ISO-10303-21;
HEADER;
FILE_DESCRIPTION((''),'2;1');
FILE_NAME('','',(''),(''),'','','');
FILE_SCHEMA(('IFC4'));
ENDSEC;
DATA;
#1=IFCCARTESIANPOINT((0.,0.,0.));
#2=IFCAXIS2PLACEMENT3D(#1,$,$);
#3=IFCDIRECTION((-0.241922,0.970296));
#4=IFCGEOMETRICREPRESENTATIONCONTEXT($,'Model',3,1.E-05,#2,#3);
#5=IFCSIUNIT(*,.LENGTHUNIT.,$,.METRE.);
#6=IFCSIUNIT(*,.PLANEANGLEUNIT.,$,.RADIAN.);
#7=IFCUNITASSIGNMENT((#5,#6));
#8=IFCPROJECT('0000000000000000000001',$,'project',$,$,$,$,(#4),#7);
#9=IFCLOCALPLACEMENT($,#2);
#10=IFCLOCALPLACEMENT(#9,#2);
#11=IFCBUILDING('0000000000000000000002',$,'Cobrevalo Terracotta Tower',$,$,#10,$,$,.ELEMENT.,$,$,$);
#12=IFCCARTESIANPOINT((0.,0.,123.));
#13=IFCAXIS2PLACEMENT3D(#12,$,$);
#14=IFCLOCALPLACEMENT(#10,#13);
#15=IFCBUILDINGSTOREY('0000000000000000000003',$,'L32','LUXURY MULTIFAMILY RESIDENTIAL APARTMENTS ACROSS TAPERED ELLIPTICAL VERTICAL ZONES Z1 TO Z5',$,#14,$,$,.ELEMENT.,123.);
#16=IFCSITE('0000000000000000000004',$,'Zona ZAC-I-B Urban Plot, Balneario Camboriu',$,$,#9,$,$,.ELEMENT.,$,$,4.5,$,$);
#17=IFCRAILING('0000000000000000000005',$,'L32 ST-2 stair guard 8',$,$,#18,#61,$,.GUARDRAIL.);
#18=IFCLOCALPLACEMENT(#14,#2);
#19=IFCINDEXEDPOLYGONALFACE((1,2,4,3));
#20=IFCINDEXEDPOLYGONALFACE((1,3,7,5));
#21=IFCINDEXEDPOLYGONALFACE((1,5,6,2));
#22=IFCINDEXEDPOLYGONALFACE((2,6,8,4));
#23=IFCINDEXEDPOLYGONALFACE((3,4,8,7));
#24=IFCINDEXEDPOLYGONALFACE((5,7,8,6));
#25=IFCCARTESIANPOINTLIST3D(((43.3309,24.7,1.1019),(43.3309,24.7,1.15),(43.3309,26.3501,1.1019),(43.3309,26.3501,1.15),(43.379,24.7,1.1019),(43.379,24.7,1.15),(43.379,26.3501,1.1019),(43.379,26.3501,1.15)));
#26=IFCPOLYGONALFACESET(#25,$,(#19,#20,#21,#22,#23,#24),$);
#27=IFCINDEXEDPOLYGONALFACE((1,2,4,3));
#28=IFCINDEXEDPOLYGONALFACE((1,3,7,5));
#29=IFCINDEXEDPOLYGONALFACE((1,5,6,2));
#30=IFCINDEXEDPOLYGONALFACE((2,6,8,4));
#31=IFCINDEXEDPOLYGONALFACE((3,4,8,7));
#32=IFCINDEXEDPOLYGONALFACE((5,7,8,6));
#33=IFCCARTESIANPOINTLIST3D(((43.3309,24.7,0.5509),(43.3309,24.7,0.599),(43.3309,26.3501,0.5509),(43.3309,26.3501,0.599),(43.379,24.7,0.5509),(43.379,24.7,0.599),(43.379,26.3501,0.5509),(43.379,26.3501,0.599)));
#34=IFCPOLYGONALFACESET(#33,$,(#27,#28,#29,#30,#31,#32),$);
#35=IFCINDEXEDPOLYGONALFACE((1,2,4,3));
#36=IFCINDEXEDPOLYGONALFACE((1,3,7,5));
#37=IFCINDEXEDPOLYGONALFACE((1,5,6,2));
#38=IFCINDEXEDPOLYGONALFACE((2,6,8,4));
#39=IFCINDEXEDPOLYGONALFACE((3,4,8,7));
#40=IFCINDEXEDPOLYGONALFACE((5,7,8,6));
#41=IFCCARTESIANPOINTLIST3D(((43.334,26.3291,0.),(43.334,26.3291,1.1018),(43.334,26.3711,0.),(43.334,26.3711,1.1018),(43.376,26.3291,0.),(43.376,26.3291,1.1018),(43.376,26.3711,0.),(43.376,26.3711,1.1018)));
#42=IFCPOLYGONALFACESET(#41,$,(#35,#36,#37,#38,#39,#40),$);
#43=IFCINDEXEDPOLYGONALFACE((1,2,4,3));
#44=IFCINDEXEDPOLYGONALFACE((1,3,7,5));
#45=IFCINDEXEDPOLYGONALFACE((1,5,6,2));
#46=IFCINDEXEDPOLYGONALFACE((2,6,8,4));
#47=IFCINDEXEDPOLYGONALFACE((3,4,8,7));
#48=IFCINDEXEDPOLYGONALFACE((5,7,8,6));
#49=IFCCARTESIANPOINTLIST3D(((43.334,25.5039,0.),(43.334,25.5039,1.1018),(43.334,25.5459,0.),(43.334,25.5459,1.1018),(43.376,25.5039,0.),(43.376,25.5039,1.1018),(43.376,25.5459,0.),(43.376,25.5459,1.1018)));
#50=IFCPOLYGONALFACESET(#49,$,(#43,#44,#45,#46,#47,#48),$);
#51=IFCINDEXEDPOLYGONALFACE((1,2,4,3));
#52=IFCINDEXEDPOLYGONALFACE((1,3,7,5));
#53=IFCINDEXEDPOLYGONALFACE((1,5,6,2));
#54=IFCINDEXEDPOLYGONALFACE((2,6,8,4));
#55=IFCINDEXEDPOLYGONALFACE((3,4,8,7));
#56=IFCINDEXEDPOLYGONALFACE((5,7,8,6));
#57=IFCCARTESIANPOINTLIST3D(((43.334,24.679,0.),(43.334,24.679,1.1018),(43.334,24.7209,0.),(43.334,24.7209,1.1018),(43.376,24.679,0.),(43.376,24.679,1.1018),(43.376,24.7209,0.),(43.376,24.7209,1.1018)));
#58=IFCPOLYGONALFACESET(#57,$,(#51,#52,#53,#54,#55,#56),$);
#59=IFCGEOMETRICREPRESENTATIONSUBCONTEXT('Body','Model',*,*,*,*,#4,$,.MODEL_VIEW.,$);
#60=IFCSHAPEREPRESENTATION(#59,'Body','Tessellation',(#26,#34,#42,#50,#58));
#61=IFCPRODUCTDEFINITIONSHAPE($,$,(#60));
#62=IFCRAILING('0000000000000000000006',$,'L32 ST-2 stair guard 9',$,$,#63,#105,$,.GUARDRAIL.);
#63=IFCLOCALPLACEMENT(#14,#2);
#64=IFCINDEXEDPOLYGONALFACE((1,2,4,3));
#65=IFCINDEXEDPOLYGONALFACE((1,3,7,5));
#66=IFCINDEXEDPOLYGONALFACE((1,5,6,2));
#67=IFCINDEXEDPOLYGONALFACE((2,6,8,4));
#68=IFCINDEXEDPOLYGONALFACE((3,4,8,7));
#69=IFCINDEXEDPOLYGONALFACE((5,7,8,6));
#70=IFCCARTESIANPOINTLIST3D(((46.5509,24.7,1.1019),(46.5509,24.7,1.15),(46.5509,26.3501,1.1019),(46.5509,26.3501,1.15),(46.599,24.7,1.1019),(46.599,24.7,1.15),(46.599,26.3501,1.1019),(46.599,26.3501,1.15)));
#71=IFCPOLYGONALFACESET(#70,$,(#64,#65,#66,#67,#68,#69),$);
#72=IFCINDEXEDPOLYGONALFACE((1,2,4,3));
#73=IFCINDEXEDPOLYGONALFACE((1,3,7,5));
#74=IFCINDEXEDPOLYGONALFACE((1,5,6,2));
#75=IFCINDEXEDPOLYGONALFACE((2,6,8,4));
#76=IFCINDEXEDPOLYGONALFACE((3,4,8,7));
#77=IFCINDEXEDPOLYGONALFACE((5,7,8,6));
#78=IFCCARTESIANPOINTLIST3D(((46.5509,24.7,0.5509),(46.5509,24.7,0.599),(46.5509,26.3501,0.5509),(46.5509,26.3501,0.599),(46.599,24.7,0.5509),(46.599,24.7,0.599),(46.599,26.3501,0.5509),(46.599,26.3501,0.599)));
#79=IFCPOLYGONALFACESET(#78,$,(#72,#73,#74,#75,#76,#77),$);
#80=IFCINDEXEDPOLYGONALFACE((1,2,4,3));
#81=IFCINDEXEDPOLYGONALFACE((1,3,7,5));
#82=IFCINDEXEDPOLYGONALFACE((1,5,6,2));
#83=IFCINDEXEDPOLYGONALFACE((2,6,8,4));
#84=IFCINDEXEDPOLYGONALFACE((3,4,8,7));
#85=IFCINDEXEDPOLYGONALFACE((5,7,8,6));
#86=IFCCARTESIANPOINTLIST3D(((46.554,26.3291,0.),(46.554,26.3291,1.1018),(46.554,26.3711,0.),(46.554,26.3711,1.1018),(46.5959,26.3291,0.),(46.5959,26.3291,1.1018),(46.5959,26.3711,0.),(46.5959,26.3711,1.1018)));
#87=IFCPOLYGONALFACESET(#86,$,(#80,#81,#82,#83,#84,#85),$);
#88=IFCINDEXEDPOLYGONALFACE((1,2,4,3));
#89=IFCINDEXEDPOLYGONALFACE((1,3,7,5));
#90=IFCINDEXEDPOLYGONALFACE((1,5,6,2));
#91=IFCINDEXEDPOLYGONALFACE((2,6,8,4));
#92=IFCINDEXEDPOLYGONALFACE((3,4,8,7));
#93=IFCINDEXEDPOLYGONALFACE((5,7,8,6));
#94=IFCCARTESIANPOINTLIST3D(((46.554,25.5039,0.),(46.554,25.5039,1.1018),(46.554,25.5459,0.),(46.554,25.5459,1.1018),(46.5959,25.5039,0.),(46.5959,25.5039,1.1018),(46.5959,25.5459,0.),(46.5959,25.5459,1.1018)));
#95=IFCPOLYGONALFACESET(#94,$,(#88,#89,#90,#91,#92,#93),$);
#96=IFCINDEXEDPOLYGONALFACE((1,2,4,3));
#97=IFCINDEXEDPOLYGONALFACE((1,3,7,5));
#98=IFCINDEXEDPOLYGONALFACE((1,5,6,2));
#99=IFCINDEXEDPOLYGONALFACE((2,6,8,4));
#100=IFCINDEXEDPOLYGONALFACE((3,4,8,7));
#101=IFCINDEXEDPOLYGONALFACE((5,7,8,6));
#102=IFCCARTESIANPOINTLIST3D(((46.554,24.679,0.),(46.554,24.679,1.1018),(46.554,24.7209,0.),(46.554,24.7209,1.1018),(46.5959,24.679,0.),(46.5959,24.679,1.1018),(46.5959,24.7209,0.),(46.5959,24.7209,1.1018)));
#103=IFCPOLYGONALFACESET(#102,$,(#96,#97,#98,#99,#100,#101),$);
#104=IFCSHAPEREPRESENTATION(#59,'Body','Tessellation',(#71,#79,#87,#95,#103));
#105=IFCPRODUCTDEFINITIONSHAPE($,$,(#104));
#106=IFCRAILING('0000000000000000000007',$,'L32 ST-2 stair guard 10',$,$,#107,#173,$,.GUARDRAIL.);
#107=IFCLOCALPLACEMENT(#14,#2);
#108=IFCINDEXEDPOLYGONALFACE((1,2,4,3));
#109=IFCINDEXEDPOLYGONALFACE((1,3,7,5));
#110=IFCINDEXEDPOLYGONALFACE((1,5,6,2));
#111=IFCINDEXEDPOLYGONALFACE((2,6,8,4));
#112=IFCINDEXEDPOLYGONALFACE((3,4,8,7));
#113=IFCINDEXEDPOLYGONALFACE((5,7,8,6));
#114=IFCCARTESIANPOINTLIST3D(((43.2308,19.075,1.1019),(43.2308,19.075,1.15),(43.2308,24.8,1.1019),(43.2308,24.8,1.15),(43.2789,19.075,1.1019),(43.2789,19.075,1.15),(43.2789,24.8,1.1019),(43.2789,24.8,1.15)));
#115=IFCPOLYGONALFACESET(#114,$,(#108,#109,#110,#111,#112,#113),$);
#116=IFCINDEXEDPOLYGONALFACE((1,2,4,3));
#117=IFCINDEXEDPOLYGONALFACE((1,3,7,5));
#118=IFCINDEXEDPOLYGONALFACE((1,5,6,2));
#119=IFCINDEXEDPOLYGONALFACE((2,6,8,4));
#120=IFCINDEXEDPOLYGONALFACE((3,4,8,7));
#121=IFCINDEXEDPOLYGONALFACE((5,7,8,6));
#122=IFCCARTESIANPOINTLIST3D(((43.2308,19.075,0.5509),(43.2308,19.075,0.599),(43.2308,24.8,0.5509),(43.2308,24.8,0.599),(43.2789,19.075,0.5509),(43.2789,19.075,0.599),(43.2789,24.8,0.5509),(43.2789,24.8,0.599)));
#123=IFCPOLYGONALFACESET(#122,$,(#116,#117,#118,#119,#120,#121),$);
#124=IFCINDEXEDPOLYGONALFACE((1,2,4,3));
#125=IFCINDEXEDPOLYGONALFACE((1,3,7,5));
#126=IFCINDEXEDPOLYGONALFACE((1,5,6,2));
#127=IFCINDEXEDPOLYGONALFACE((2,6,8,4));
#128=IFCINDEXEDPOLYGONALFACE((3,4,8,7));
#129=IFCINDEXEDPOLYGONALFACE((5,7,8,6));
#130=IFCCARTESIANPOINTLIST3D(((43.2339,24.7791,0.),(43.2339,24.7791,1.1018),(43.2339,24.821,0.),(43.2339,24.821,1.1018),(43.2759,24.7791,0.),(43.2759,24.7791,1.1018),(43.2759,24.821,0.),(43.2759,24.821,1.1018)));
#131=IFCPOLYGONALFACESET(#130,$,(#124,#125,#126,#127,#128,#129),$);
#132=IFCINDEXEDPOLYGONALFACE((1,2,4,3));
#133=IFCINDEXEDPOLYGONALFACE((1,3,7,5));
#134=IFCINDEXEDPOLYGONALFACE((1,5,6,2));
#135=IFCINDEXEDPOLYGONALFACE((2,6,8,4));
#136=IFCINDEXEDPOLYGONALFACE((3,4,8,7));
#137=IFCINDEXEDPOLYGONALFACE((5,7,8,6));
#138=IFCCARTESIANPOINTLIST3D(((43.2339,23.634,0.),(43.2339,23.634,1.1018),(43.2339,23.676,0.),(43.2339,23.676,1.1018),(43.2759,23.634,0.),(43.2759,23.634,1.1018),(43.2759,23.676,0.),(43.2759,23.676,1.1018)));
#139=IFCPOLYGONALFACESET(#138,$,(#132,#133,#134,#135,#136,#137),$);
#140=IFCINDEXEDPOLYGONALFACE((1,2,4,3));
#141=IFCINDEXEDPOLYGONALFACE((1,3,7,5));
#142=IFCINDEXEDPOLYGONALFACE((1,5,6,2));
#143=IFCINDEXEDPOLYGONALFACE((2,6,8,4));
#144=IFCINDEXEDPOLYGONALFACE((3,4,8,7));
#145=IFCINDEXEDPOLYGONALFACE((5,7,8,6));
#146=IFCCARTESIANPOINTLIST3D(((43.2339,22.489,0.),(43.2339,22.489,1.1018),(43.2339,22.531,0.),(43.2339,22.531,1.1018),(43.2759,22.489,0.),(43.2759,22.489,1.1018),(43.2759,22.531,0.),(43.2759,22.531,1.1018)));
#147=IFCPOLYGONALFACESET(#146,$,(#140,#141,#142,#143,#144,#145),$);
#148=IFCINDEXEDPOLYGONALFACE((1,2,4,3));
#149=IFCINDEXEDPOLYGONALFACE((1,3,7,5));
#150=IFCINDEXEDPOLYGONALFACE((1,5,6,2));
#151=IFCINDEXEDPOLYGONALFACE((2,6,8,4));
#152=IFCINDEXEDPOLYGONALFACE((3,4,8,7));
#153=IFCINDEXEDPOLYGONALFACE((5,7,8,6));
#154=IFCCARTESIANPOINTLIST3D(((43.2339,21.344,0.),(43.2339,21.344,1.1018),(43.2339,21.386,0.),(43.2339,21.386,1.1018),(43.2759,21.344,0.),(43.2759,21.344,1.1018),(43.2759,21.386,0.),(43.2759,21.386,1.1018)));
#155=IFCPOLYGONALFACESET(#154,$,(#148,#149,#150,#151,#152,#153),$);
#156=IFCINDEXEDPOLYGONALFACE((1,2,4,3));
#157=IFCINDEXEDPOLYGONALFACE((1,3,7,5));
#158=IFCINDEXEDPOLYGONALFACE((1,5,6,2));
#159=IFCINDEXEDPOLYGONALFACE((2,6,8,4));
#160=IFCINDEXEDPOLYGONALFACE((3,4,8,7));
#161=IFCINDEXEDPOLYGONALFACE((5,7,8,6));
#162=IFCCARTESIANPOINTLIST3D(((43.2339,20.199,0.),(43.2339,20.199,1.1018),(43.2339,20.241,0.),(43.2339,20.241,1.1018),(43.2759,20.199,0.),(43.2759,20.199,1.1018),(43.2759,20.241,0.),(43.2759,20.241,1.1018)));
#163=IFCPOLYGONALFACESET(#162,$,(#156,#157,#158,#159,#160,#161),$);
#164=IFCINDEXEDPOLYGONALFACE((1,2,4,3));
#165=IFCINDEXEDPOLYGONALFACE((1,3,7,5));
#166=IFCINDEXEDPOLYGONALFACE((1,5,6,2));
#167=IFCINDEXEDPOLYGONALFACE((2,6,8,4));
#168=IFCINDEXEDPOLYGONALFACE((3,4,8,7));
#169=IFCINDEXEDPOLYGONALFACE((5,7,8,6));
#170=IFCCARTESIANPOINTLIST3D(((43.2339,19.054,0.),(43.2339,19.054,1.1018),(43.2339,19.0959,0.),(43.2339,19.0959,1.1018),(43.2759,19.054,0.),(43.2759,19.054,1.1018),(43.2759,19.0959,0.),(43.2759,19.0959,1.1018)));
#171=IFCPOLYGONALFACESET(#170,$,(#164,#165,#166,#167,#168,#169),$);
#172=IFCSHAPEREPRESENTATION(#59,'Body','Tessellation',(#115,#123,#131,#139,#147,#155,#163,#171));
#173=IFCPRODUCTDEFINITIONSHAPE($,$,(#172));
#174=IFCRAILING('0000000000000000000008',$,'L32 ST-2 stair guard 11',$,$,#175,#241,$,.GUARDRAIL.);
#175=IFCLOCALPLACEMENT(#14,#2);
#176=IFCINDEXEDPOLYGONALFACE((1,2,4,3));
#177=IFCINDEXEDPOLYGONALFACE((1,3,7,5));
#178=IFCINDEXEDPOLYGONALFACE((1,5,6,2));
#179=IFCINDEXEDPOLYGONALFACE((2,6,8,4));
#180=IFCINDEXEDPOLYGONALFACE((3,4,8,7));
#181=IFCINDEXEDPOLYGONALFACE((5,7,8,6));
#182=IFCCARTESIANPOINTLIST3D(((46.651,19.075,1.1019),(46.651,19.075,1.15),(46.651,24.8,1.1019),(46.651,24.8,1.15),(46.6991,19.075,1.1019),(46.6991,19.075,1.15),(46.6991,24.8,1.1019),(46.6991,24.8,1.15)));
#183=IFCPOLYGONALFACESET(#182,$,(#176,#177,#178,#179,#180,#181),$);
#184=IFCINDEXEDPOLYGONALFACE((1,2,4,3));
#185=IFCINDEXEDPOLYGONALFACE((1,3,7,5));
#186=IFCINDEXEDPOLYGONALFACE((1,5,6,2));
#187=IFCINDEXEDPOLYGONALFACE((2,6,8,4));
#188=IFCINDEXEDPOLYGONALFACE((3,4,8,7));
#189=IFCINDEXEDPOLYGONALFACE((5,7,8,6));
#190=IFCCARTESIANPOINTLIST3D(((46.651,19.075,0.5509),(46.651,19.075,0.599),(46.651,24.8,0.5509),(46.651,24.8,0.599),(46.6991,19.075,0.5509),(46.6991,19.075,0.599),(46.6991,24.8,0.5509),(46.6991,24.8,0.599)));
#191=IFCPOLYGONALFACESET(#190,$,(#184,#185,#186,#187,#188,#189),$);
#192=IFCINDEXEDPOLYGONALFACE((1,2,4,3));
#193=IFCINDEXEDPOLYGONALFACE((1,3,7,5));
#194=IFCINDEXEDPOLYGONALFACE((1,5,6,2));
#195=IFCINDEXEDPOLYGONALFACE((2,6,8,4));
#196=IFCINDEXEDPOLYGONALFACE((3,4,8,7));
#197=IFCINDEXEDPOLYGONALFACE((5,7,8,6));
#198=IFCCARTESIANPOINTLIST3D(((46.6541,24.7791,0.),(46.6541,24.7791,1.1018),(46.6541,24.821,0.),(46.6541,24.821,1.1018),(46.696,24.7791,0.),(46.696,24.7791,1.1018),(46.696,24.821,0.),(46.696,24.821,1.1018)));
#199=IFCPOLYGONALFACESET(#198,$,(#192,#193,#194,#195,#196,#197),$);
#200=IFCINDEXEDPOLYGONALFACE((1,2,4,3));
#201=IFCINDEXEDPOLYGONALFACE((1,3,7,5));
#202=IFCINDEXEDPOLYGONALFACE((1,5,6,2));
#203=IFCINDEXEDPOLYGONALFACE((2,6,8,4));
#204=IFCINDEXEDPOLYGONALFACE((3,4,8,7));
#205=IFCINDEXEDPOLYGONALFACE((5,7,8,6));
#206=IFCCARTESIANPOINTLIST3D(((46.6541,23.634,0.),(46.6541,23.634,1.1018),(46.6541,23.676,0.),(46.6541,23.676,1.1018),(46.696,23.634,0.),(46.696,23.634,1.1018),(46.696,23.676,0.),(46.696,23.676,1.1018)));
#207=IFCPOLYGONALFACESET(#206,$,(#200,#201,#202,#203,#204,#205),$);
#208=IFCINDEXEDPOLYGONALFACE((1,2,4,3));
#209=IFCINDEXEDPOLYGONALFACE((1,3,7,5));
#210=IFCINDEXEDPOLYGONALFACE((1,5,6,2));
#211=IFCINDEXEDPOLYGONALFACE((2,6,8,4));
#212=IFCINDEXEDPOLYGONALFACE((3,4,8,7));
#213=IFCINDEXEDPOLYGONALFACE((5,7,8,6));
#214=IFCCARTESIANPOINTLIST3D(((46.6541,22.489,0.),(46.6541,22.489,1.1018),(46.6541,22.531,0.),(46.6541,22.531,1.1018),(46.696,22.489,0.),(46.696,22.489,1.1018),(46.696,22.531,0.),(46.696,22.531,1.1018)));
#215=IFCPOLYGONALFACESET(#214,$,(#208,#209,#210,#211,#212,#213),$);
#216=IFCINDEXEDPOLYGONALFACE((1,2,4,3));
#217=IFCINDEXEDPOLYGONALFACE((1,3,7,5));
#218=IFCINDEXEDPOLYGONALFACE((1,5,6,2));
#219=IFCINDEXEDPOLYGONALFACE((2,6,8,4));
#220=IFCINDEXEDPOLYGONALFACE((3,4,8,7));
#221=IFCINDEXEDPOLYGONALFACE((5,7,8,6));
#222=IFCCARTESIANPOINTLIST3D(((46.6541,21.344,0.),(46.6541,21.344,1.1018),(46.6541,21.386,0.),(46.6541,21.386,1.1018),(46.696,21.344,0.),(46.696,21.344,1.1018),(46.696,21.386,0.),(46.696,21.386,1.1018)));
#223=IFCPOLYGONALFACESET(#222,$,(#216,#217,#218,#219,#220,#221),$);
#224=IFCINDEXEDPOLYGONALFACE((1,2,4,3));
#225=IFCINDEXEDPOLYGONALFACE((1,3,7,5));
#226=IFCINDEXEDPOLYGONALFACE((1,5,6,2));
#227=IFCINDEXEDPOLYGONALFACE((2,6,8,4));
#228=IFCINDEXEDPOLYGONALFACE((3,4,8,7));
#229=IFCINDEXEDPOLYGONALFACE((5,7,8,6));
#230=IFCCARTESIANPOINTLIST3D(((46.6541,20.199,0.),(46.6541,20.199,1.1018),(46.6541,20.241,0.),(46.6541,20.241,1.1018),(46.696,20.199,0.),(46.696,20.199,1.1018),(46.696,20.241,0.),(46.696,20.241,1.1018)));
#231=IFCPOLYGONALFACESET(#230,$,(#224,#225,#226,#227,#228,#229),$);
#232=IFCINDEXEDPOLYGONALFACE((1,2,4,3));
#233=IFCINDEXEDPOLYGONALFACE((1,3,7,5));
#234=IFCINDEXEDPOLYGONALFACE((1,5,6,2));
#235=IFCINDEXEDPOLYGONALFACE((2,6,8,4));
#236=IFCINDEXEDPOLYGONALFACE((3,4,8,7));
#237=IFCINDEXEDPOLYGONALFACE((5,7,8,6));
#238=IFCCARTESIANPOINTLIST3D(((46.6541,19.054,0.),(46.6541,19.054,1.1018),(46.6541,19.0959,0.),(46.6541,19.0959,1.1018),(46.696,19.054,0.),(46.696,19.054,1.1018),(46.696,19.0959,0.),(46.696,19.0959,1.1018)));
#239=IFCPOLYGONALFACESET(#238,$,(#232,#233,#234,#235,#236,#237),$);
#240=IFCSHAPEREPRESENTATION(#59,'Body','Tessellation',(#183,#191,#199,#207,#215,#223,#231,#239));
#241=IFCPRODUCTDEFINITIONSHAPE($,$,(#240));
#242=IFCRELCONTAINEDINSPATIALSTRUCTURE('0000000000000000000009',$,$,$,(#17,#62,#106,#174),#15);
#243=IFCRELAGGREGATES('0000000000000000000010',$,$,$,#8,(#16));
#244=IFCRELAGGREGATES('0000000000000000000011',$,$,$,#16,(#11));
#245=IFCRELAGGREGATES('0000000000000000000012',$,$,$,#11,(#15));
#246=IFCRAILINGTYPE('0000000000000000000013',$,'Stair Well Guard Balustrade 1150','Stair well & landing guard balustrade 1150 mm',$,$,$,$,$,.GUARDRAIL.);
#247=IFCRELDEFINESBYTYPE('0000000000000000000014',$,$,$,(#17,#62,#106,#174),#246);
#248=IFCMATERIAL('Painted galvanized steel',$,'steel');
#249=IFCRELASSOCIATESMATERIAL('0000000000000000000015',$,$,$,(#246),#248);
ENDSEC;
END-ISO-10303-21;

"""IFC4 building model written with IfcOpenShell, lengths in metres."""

from ifc_helpers import new_model, si_unit, direction, frame, origin, origin_2d, place, context, subcontext, project, spatial, rectangle, extrude, material, type_object, element, save


model = new_model("IFC4")

# Units and contexts
model_context = context("Model", 3, precision=1e-05, world=origin(), true_north=direction((-0.241922, 0.970296)))
body_context = subcontext(model_context, "Body", "Model", "MODEL_VIEW")
ifc_project = project(units=[si_unit("LENGTHUNIT", "METRE"), si_unit("PLANEANGLEUNIT", "RADIAN")], contexts=[model_context])

# Site, building, storey
site_placement = place(None, origin())
site = spatial("IfcSite", under=ifc_project, at=site_placement, Name="Zona ZAC-I-B Urban Plot, Balneario Camboriu", CompositionType="ELEMENT", RefElevation=4.5)
building_placement = place(site_placement, origin())
building = spatial("IfcBuilding", under=site, at=building_placement, Name="Cobrevalo Terracotta Tower", CompositionType="ELEMENT")
storey_placement = place(building_placement, frame((0.0, 0.0, 123.0)))
storey = spatial("IfcBuildingStorey", under=building, at=storey_placement, Name="L32", Description="LUXURY MULTIFAMILY RESIDENTIAL APARTMENTS ACROSS TAPERED ELLIPTICAL VERTICAL ZONES Z1 TO Z5", CompositionType="ELEMENT", Elevation=123.0)

# Railings
ifc_material_1 = material(Name="Painted galvanized steel", Category="steel")
railing_type_1 = type_object("IfcRailingType", Name="Stair Well Guard Balustrade 1150", Description="Stair well & landing guard balustrade 1150 mm", PredefinedType="GUARDRAIL", material=ifc_material_1)
for number, where, name in (
    (1, (43.355, 26.3501, 0.0), "L32 ST-2 stair guard 8"),
    (2, (46.575, 26.3501, 0.0), "L32 ST-2 stair guard 9"),
):
    element("IfcRailing", number, at=place(storey_placement, frame(where)), inside=storey, type_object=railing_type_1, Name=name, PredefinedType="GUARDRAIL", context=body_context, shape_type="SweptSolid", body=[
        extrude(rectangle(XDim=0.0481, YDim=0.0481, at=origin_2d()), frame((0.0, 0.0, 1.126), z_axis=(0.0, -1.0, 0.0), x_axis=(1.0, 0.0, 0.0)), (0.0, 0.0, 1.0), 1.6501),
        extrude(rectangle(XDim=0.0481, YDim=0.0481, at=origin_2d()), frame((0.0, 0.0, 0.575), z_axis=(0.0, -1.0, 0.0), x_axis=(1.0, 0.0, 0.0)), (0.0, 0.0, 1.0), 1.6501),
        extrude(rectangle(XDim=0.042, YDim=0.042, at=origin_2d()), origin(), (0.0, 0.0, 1.0), 1.1018),
        extrude(rectangle(XDim=0.042, YDim=0.042, at=origin_2d()), frame((0.0, -0.8252, 0.0)), (0.0, 0.0, 1.0), 1.1018),
        extrude(rectangle(XDim=0.042, YDim=0.042, at=origin_2d()), frame((0.0, -1.6501, 0.0)), (0.0, 0.0, 1.0), 1.1018),
    ])
for number, where, name in (
    (3, (43.2549, 24.8, 0.0), "L32 ST-2 stair guard 10"),
    (4, (46.675, 24.8, 0.0), "L32 ST-2 stair guard 11"),
):
    element("IfcRailing", number, at=place(storey_placement, frame(where)), inside=storey, type_object=railing_type_1, Name=name, PredefinedType="GUARDRAIL", context=body_context, shape_type="SweptSolid", body=[
        extrude(rectangle(XDim=0.0481, YDim=0.0481, at=origin_2d()), frame((0.0, 0.0, 1.126), z_axis=(0.0, -1.0, 0.0), x_axis=(1.0, 0.0, 0.0)), (0.0, 0.0, 1.0), 5.7251),
        extrude(rectangle(XDim=0.0481, YDim=0.0481, at=origin_2d()), frame((0.0, 0.0, 0.575), z_axis=(0.0, -1.0, 0.0), x_axis=(1.0, 0.0, 0.0)), (0.0, 0.0, 1.0), 5.7251),
        extrude(rectangle(XDim=0.042, YDim=0.042, at=origin_2d()), origin(), (0.0, 0.0, 1.0), 1.1018),
        extrude(rectangle(XDim=0.042, YDim=0.042, at=origin_2d()), frame((0.0, -1.145, 0.0)), (0.0, 0.0, 1.0), 1.1018),
        extrude(rectangle(XDim=0.042, YDim=0.042, at=origin_2d()), frame((0.0, -2.29, 0.0)), (0.0, 0.0, 1.0), 1.1018),
        extrude(rectangle(XDim=0.042, YDim=0.042, at=origin_2d()), frame((0.0, -3.4351, 0.0)), (0.0, 0.0, 1.0), 1.1018),
        extrude(rectangle(XDim=0.042, YDim=0.042, at=origin_2d()), frame((0.0, -4.5801, 0.0)), (0.0, 0.0, 1.0), 1.1018),
        extrude(rectangle(XDim=0.042, YDim=0.042, at=origin_2d()), frame((0.0, -5.7251, 0.0)), (0.0, 0.0, 1.0), 1.1018),
    ])

save(model, "model.ifc")
